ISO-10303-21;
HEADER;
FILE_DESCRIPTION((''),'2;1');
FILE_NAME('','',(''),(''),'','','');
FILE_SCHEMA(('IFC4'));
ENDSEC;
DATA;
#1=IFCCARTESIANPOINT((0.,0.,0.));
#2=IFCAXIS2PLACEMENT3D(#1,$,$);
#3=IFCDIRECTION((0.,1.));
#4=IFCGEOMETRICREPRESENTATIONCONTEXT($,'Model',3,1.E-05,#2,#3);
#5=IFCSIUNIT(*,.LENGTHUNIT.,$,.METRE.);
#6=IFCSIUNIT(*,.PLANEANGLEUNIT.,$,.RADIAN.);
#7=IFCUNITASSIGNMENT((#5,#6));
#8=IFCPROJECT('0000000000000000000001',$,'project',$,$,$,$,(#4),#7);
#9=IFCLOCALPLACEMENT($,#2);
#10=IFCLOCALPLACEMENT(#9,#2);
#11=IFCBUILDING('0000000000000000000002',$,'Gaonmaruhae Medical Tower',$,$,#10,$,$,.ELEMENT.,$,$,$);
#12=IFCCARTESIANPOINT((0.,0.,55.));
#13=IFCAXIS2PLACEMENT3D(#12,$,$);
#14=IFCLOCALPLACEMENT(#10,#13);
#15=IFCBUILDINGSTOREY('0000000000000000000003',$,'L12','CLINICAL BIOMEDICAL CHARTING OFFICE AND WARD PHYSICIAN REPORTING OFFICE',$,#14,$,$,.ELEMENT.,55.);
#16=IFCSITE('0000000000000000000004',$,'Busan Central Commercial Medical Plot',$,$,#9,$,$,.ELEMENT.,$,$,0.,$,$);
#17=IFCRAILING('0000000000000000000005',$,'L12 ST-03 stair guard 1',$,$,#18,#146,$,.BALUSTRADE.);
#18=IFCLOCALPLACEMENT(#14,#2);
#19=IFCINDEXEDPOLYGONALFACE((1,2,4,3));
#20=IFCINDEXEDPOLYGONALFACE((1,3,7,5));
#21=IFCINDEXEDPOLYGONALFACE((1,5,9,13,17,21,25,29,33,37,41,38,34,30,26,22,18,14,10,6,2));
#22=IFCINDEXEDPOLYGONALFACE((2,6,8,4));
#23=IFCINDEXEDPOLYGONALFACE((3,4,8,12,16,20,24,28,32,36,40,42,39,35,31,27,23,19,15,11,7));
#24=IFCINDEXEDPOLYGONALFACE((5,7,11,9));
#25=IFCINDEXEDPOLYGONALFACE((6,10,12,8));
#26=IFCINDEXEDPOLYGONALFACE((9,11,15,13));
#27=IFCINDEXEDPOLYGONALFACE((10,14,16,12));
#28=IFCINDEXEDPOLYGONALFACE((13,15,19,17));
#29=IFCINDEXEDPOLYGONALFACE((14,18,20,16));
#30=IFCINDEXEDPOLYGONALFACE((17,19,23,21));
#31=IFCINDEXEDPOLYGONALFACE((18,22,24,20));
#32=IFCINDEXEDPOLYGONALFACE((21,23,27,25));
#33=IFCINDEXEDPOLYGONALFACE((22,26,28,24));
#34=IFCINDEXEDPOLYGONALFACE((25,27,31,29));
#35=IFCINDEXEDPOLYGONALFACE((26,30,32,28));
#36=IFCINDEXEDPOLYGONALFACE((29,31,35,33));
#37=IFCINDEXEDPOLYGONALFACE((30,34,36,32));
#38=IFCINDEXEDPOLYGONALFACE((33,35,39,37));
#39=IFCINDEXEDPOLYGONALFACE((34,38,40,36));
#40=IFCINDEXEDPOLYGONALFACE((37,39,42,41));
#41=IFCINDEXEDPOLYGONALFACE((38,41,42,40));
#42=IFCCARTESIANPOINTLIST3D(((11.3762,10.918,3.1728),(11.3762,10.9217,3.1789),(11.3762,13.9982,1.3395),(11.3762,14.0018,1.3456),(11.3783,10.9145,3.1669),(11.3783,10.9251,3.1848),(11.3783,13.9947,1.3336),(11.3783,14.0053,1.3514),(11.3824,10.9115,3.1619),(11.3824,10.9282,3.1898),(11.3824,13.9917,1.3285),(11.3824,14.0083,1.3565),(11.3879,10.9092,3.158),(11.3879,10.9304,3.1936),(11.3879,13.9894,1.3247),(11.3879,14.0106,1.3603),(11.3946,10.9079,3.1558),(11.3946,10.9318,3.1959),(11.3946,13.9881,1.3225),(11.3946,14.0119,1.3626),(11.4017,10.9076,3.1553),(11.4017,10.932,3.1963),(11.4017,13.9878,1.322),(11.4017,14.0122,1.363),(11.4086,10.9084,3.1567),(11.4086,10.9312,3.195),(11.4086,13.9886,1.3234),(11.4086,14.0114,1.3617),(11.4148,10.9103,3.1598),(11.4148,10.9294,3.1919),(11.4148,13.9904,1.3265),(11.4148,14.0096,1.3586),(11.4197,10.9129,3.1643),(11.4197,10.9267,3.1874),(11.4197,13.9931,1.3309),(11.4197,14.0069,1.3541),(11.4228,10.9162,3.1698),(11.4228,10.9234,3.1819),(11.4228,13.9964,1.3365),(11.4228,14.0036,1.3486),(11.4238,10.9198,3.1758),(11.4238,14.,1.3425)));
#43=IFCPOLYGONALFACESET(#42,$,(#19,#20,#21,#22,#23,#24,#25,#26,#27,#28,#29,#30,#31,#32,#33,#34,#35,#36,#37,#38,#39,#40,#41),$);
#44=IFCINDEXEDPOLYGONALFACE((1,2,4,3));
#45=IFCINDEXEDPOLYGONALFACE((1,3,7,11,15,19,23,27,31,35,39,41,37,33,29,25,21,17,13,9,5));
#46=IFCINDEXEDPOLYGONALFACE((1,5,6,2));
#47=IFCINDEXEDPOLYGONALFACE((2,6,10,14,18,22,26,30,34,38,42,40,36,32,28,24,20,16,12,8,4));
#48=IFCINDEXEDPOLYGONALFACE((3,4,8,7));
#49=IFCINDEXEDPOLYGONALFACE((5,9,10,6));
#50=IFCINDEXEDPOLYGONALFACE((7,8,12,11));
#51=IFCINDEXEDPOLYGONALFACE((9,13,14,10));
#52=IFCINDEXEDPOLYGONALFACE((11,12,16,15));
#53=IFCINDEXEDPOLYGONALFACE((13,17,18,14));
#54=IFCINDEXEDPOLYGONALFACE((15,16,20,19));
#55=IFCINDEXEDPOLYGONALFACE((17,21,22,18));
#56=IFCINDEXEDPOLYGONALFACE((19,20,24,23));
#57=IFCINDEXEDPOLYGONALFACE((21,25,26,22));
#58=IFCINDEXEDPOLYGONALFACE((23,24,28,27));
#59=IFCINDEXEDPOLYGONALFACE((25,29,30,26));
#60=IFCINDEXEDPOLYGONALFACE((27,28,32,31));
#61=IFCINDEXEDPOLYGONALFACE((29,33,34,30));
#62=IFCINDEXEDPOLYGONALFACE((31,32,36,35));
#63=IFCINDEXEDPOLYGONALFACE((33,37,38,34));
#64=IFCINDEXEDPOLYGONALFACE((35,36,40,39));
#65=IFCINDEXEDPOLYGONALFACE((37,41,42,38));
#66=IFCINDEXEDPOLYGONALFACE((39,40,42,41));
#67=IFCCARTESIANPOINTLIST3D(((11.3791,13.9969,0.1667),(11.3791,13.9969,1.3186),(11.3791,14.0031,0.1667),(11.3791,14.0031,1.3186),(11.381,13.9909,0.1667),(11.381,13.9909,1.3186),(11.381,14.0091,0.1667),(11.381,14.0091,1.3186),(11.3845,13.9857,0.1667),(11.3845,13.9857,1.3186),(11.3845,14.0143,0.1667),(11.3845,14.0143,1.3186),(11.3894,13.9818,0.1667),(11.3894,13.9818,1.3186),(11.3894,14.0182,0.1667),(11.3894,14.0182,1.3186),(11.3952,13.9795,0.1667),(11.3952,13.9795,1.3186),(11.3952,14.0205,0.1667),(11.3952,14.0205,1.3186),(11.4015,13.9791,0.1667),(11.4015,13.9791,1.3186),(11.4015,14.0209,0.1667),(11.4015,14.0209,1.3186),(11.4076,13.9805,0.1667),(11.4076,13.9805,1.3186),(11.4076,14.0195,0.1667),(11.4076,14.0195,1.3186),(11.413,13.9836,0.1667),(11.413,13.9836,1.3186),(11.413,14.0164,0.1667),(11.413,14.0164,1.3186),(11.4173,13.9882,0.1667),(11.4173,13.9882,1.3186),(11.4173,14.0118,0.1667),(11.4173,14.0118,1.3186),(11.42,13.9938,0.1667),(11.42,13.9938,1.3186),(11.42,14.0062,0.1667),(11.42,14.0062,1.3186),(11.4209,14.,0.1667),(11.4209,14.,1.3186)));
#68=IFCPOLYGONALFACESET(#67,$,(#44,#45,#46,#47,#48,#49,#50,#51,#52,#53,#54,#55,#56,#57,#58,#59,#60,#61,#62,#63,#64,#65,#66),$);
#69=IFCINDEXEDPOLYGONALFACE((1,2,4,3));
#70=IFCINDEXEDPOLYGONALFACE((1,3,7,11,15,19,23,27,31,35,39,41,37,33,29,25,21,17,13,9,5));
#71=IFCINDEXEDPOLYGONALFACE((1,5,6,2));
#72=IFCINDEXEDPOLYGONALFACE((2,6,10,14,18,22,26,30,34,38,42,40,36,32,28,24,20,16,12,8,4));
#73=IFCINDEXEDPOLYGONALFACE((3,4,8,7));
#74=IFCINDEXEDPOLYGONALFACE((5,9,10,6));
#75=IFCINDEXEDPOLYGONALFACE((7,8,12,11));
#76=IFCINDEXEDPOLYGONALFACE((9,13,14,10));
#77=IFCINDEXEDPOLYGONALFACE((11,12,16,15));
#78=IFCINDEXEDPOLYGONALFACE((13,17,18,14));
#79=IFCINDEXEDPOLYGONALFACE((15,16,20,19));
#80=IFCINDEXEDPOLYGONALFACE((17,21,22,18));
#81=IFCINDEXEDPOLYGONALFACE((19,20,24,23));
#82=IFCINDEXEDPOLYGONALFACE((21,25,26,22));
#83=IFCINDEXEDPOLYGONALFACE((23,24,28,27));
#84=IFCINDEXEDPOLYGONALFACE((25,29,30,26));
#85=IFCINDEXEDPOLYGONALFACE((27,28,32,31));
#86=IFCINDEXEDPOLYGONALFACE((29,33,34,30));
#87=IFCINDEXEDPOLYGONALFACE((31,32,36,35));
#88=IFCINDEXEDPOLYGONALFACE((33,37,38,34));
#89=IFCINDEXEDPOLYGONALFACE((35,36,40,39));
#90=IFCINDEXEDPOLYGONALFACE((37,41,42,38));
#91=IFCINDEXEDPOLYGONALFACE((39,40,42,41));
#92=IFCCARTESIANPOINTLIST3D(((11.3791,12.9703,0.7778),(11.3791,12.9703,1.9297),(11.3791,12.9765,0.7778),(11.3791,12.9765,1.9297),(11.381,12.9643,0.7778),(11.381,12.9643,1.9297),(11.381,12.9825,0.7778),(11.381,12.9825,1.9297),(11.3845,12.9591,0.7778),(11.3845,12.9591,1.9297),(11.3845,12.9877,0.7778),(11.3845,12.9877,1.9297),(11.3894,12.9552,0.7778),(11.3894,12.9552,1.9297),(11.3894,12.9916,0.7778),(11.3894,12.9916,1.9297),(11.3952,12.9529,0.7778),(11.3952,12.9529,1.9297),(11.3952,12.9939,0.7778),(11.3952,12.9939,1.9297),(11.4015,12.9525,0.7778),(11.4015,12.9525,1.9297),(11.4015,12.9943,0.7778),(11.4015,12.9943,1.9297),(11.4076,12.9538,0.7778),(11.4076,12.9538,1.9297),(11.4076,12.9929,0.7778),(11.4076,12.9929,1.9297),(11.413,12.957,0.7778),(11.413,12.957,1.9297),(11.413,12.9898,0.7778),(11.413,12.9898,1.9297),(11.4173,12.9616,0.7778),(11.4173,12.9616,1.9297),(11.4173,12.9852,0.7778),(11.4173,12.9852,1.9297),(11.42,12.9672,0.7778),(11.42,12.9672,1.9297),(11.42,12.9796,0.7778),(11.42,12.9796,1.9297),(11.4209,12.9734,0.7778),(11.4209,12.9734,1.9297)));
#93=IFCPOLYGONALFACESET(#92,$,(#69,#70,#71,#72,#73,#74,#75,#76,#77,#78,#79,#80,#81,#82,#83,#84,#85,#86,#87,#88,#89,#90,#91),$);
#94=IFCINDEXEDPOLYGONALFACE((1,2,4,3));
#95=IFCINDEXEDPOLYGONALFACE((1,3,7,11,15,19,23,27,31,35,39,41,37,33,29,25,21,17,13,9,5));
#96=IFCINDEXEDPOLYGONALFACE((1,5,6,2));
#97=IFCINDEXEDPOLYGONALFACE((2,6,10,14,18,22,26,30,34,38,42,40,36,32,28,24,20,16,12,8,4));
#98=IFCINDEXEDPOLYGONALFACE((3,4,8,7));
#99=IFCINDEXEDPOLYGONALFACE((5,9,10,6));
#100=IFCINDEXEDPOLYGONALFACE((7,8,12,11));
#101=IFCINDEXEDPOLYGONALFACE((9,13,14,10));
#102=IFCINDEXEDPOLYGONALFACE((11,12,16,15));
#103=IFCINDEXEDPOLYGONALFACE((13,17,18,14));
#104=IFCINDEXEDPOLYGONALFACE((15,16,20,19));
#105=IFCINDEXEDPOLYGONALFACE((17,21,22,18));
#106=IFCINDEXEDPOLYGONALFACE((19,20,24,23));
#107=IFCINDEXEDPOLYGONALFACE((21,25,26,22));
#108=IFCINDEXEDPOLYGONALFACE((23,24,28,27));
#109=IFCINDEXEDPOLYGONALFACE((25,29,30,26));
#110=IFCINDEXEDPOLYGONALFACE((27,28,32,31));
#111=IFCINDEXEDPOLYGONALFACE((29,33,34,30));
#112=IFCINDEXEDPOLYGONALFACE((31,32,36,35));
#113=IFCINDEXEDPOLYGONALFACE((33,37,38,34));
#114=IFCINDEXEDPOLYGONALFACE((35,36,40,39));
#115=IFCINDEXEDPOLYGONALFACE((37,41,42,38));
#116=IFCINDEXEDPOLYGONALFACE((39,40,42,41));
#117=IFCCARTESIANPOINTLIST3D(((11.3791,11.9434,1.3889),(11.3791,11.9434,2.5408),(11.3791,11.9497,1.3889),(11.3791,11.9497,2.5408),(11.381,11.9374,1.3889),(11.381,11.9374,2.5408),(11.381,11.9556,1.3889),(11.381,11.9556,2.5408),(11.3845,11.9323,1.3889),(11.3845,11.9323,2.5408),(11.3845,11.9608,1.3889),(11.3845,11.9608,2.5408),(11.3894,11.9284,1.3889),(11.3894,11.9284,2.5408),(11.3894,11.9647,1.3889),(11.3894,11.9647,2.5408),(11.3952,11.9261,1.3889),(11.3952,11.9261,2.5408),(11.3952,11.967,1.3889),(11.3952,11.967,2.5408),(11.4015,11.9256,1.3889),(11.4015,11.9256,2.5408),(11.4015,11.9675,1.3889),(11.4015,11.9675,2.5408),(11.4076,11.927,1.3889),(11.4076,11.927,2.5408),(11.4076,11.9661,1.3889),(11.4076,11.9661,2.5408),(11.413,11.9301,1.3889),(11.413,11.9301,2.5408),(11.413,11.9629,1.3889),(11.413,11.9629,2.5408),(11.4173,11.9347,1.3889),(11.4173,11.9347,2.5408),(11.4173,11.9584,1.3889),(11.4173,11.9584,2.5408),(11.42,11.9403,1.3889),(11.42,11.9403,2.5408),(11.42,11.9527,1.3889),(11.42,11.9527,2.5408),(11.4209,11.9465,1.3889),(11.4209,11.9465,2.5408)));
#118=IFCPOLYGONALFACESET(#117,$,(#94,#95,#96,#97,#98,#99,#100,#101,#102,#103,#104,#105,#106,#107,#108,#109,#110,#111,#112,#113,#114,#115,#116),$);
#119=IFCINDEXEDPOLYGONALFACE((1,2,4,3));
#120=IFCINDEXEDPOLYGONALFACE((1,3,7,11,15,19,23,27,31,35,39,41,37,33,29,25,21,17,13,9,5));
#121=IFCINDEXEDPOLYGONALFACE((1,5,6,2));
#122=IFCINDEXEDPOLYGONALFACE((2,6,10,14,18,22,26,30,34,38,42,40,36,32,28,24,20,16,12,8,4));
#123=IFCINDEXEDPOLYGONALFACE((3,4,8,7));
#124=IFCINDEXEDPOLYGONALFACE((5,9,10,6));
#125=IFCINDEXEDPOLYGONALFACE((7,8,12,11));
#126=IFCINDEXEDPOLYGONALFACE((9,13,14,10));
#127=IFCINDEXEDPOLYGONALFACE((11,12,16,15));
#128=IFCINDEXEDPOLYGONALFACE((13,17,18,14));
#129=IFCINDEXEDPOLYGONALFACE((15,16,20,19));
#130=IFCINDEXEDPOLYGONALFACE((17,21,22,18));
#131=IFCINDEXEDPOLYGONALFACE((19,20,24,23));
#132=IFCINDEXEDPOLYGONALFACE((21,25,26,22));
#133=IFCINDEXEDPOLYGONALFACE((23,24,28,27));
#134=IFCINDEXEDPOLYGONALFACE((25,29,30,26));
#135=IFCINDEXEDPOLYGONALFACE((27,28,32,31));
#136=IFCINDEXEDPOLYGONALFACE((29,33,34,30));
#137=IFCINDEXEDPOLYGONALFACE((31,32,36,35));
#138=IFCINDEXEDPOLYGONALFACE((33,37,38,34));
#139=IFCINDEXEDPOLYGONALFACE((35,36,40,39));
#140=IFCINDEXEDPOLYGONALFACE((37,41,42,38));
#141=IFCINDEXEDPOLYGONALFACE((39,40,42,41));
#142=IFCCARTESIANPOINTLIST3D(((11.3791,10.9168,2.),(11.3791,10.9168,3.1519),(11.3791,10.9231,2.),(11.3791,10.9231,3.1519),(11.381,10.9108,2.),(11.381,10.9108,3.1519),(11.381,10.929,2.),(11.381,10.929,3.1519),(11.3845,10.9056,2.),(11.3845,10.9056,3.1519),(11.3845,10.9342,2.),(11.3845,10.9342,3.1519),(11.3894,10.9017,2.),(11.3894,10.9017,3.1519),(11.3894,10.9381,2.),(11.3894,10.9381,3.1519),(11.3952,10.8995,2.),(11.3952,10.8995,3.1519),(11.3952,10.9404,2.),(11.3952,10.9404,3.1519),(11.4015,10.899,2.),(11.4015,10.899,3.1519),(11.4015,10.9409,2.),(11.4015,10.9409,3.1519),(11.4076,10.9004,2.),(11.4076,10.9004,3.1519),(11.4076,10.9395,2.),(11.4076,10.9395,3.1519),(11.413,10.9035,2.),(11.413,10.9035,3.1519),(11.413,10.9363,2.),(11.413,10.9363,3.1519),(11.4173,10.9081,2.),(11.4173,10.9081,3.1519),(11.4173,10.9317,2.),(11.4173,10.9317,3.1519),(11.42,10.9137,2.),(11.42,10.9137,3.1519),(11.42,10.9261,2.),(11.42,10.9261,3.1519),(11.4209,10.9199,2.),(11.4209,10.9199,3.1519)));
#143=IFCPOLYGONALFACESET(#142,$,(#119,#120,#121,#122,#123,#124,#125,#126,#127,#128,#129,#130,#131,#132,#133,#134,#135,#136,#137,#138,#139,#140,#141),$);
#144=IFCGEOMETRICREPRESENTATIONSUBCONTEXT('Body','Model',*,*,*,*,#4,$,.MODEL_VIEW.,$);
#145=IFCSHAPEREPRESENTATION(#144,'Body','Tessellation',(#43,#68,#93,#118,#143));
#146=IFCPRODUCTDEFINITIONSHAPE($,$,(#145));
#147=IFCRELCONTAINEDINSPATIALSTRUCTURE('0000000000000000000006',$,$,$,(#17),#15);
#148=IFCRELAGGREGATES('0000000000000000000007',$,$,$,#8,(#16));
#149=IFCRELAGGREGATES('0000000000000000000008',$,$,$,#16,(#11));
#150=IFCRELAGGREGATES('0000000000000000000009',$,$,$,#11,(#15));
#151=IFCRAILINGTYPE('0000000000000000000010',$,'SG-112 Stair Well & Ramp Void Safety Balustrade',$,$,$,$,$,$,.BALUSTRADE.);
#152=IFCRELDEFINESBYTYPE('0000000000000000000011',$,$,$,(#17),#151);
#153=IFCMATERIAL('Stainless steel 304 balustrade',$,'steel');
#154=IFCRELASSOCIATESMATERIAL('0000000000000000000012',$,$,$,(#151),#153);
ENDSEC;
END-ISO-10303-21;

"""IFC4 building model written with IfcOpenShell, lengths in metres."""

from ifc_helpers import new_model, si_unit, direction, frame, origin, origin_2d, place, context, subcontext, project, spatial, circle, extrude, material, type_object, element, save


model = new_model("IFC4")

# Units and contexts
model_context = context("Model", 3, precision=1e-05, world=origin(), true_north=direction((0.0, 1.0)))
body_context = subcontext(model_context, "Body", "Model", "MODEL_VIEW")
ifc_project = project(units=[si_unit("LENGTHUNIT", "METRE"), si_unit("PLANEANGLEUNIT", "RADIAN")], contexts=[model_context])

# Site, building, storey
site_placement = place(None, origin())
site = spatial("IfcSite", under=ifc_project, at=site_placement, Name="Busan Central Commercial Medical Plot", CompositionType="ELEMENT", RefElevation=0.0)
building_placement = place(site_placement, origin())
building = spatial("IfcBuilding", under=site, at=building_placement, Name="Gaonmaruhae Medical Tower", CompositionType="ELEMENT")
storey_placement = place(building_placement, frame((0.0, 0.0, 55.0)))
storey = spatial("IfcBuildingStorey", under=building, at=storey_placement, Name="L12", Description="CLINICAL BIOMEDICAL CHARTING OFFICE AND WARD PHYSICIAN REPORTING OFFICE", CompositionType="ELEMENT", Elevation=55.0)

# Railing
ifc_material_1 = material(Name="Stainless steel 304 balustrade", Category="steel")
railing_type_1 = type_object("IfcRailingType", Name="SG-112 Stair Well & Ramp Void Safety Balustrade", PredefinedType="BALUSTRADE", material=ifc_material_1)
railing_1_placement = place(storey_placement, frame((11.3999, 14.0, 0.1667)))
element("IfcRailing", 1, at=railing_1_placement, inside=storey, type_object=railing_type_1, Name="L12 ST-03 stair guard 1", PredefinedType="BALUSTRADE", context=body_context, shape_type="SweptSolid", body=[
    extrude(circle(Radius=0.0239, at=origin_2d()), frame((0.0, 0.0, 1.1758), z_axis=(0.0, -0.859309, 0.511458), x_axis=(1.0, 0.0, 0.0)), (0.0, 0.0, 1.0), 3.5845),
    extrude(circle(Radius=0.021, at=origin_2d()), origin(), (0.0, 0.0, 1.0), 1.1519),
    extrude(circle(Radius=0.021, at=origin_2d()), frame((0.0, -1.0266, 0.6111)), (0.0, 0.0, 1.0), 1.1519),
    extrude(circle(Radius=0.021, at=origin_2d()), frame((0.0, -2.0535, 1.2222)), (0.0, 0.0, 1.0), 1.1519),
    extrude(circle(Radius=0.021, at=origin_2d()), frame((0.0, -3.0801, 1.8333)), (0.0, 0.0, 1.0), 1.1519),
])

save(model, "model.ifc")
